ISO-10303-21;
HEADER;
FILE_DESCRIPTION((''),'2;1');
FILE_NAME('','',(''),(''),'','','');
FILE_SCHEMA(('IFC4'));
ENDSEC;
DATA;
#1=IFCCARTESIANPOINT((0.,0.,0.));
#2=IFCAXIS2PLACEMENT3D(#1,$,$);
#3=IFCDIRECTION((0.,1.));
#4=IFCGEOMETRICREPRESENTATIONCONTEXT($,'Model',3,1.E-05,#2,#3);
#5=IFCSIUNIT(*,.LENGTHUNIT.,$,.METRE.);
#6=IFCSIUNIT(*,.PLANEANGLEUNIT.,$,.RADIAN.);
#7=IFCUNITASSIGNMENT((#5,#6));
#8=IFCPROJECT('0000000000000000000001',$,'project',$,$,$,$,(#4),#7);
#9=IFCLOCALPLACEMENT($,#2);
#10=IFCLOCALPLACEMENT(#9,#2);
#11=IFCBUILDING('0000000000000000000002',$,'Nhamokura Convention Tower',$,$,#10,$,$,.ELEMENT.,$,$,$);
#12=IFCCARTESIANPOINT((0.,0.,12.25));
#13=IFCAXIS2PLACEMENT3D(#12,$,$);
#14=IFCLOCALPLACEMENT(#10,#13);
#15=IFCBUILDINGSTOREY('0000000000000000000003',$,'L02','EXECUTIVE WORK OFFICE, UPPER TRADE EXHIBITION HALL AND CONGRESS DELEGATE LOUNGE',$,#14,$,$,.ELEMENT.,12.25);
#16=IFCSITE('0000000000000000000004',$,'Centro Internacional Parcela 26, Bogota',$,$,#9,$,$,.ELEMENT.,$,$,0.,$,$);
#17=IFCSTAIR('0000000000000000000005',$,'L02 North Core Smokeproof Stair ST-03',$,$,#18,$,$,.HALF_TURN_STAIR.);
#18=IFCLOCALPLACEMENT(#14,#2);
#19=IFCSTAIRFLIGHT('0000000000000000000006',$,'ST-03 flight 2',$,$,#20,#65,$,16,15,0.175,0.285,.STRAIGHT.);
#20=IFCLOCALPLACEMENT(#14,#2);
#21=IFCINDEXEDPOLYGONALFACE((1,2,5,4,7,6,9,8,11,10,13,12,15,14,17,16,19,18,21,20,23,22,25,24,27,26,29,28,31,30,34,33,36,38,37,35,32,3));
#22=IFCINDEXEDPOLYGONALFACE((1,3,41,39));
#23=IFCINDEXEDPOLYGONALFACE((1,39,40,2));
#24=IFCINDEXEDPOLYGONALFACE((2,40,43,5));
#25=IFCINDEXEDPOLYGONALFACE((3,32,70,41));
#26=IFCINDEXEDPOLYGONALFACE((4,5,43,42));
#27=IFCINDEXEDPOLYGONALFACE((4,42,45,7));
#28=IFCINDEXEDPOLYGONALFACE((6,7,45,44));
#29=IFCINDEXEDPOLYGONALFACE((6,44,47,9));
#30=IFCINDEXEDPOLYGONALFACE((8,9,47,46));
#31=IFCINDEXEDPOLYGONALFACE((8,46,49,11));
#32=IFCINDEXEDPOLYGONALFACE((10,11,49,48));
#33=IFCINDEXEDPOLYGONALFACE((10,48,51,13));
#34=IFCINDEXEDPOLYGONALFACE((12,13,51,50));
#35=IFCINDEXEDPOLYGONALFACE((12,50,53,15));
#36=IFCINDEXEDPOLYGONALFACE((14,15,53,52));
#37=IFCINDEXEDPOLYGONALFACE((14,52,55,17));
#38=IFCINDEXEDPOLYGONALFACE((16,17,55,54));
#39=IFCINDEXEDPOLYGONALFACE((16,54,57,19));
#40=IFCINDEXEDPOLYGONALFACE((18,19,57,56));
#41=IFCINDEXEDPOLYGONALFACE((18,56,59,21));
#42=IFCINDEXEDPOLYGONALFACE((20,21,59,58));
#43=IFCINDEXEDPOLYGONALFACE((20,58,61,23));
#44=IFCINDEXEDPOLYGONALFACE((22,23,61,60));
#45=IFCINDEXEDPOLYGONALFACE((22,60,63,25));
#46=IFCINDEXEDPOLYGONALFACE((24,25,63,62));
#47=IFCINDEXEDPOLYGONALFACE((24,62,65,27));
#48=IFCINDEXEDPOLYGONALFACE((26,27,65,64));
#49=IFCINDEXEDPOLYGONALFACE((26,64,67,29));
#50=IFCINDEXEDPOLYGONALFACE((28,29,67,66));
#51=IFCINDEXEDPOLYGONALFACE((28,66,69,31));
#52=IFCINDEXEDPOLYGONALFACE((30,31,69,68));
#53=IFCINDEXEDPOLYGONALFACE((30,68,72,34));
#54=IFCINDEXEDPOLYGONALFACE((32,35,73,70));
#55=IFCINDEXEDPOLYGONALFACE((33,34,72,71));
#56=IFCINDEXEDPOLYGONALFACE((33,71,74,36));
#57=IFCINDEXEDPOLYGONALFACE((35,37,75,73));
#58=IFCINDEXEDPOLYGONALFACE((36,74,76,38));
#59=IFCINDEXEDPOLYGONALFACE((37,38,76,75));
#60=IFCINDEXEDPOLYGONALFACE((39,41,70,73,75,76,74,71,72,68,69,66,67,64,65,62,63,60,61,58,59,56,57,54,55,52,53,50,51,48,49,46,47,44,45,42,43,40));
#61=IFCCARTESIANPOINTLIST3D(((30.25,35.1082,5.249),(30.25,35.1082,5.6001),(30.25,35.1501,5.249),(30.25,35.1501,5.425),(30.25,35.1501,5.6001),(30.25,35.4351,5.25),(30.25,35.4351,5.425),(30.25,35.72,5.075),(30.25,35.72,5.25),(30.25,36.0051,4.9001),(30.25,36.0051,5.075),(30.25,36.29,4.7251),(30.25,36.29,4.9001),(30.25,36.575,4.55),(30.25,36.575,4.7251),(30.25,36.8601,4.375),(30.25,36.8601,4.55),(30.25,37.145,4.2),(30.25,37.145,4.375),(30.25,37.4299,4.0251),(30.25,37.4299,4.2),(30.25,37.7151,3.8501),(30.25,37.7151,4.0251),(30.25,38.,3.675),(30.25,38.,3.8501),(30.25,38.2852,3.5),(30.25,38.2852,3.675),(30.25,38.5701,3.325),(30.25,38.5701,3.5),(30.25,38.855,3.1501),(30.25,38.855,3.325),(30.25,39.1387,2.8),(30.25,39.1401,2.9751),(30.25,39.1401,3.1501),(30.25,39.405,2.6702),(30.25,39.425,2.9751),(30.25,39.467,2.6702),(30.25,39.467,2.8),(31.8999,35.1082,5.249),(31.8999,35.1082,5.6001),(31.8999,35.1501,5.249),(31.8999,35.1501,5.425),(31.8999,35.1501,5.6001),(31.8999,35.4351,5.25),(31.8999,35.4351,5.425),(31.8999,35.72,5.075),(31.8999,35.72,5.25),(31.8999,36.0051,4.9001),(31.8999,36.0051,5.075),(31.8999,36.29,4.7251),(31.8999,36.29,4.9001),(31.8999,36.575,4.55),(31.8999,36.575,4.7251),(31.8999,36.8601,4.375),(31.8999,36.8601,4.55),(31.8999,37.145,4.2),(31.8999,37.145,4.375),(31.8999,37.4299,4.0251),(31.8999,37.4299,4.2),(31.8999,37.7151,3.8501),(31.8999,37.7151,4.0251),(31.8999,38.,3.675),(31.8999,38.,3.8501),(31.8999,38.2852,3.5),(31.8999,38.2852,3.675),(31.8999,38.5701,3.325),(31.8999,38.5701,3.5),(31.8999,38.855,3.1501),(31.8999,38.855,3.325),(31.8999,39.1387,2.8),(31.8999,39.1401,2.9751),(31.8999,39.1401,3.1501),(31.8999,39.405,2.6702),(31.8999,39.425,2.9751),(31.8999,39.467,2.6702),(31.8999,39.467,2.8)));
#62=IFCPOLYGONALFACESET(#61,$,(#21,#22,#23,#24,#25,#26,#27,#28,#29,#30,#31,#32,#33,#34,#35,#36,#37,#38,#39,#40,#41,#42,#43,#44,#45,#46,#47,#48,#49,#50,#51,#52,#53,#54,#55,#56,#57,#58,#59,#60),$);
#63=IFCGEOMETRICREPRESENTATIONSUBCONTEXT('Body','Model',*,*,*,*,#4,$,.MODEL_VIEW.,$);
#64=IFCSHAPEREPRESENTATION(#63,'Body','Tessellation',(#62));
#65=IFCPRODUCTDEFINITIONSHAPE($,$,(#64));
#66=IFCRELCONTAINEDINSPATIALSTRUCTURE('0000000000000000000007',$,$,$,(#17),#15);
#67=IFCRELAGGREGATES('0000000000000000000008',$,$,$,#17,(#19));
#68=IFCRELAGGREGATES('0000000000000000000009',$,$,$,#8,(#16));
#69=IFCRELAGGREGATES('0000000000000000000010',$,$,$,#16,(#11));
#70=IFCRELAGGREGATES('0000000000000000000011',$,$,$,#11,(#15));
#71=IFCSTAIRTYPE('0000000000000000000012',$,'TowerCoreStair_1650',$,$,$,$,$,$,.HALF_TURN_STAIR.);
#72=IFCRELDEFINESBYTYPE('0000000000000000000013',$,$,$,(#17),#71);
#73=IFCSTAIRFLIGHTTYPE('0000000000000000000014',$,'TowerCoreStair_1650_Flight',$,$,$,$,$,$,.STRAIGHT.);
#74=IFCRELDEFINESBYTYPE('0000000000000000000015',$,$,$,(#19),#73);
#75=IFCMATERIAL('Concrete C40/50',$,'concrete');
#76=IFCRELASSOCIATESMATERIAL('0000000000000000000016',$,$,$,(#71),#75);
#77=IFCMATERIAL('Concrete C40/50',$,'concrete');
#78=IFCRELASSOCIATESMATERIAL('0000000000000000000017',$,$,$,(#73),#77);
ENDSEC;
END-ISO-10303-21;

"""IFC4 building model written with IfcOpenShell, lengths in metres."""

from ifc_helpers import new_model, si_unit, direction, frame, origin, place, context, subcontext, project, spatial, polyline, outline, extrude, material, type_object, element, aggregate, save


model = new_model("IFC4")

# Units and contexts
model_context = context("Model", 3, precision=1e-05, world=origin(), true_north=direction((0.0, 1.0)))
body_context = subcontext(model_context, "Body", "Model", "MODEL_VIEW")
ifc_project = project(units=[si_unit("LENGTHUNIT", "METRE"), si_unit("PLANEANGLEUNIT", "RADIAN")], contexts=[model_context])

# Site, building, storey
site_placement = place(None, origin())
site = spatial("IfcSite", under=ifc_project, at=site_placement, Name="Centro Internacional Parcela 26, Bogota", CompositionType="ELEMENT", RefElevation=0.0)
building_placement = place(site_placement, origin())
building = spatial("IfcBuilding", under=site, at=building_placement, Name="Nhamokura Convention Tower", CompositionType="ELEMENT")
storey_placement = place(building_placement, frame((0.0, 0.0, 12.25)))
storey = spatial("IfcBuildingStorey", under=building, at=storey_placement, Name="L02", Description="EXECUTIVE WORK OFFICE, UPPER TRADE EXHIBITION HALL AND CONGRESS DELEGATE LOUNGE", CompositionType="ELEMENT", Elevation=12.25)

# Stair, stair flight
ifc_material_1 = material(Name="Concrete C40/50", Category="concrete")
stair_type = type_object("IfcStairType", Name="TowerCoreStair_1650", PredefinedType="HALF_TURN_STAIR", material=ifc_material_1)
stair_placement = place(storey_placement, origin())
stair = element("IfcStair", 1, at=stair_placement, inside=storey, type_object=stair_type, Name="L02 North Core Smokeproof Stair ST-03", PredefinedType="HALF_TURN_STAIR")
ifc_material_2 = material(Name="Concrete C40/50", Category="concrete")
stair_flight_type = type_object("IfcStairFlightType", Name="TowerCoreStair_1650_Flight", PredefinedType="STRAIGHT", material=ifc_material_2)
stair_flight_1_placement = place(storey_placement, frame((31.075, 39.425, 2.8), z_axis=(0.0, 0.0, 1.0), x_axis=(0.0, -1.0, 0.0)))
stair_flight_1 = element("IfcStairFlight", 2, at=stair_flight_1_placement, type_object=stair_flight_type, Name="ST-03 flight 2", NumberOfRisers=16, NumberOfTreads=15, PredefinedType="STRAIGHT", RiserHeight=0.175, TreadLength=0.285, context=body_context, shape_type="SweptSolid", body=[
    extrude(outline(polyline([(-0.042, 0.0), (0.0, 0.175), (0.2849, 0.175), (0.2849, 0.3501), (0.5701, 0.3501), (0.5701, 0.5249), (0.855, 0.5249), (0.855, 0.7), (1.1399, 0.7), (1.1399, 0.875), (1.425, 0.875), (1.425, 1.05), (1.71, 1.05), (1.71, 1.2251), (1.9951, 1.2251), (1.9951, 1.3999), (2.28, 1.3999), (2.28, 1.575), (2.5649, 1.575), (2.5649, 1.75), (2.8501, 1.75), (2.8501, 1.925), (3.135, 1.925), (3.135, 2.1001), (3.4199, 2.1001), (3.4199, 2.2749), (3.7051, 2.2749), (3.7051, 2.45), (3.99, 2.45), (3.99, 2.625), (4.2749, 2.625), (4.2749, 2.8), (4.3169, 2.8), (4.3169, 2.449), (4.2749, 2.449), (0.2864, 0.0), (0.02, -0.1299), (-0.042, -0.1299), (-0.042, 0.0)])), frame((0.0, 0.825, 0.0), z_axis=(0.0, -1.0, 0.0), x_axis=(1.0, 0.0, 0.0)), (0.0, 0.0, 1.0), 1.6499),
])
aggregate(stair, [stair_flight_1])

save(model, "model.ifc")
